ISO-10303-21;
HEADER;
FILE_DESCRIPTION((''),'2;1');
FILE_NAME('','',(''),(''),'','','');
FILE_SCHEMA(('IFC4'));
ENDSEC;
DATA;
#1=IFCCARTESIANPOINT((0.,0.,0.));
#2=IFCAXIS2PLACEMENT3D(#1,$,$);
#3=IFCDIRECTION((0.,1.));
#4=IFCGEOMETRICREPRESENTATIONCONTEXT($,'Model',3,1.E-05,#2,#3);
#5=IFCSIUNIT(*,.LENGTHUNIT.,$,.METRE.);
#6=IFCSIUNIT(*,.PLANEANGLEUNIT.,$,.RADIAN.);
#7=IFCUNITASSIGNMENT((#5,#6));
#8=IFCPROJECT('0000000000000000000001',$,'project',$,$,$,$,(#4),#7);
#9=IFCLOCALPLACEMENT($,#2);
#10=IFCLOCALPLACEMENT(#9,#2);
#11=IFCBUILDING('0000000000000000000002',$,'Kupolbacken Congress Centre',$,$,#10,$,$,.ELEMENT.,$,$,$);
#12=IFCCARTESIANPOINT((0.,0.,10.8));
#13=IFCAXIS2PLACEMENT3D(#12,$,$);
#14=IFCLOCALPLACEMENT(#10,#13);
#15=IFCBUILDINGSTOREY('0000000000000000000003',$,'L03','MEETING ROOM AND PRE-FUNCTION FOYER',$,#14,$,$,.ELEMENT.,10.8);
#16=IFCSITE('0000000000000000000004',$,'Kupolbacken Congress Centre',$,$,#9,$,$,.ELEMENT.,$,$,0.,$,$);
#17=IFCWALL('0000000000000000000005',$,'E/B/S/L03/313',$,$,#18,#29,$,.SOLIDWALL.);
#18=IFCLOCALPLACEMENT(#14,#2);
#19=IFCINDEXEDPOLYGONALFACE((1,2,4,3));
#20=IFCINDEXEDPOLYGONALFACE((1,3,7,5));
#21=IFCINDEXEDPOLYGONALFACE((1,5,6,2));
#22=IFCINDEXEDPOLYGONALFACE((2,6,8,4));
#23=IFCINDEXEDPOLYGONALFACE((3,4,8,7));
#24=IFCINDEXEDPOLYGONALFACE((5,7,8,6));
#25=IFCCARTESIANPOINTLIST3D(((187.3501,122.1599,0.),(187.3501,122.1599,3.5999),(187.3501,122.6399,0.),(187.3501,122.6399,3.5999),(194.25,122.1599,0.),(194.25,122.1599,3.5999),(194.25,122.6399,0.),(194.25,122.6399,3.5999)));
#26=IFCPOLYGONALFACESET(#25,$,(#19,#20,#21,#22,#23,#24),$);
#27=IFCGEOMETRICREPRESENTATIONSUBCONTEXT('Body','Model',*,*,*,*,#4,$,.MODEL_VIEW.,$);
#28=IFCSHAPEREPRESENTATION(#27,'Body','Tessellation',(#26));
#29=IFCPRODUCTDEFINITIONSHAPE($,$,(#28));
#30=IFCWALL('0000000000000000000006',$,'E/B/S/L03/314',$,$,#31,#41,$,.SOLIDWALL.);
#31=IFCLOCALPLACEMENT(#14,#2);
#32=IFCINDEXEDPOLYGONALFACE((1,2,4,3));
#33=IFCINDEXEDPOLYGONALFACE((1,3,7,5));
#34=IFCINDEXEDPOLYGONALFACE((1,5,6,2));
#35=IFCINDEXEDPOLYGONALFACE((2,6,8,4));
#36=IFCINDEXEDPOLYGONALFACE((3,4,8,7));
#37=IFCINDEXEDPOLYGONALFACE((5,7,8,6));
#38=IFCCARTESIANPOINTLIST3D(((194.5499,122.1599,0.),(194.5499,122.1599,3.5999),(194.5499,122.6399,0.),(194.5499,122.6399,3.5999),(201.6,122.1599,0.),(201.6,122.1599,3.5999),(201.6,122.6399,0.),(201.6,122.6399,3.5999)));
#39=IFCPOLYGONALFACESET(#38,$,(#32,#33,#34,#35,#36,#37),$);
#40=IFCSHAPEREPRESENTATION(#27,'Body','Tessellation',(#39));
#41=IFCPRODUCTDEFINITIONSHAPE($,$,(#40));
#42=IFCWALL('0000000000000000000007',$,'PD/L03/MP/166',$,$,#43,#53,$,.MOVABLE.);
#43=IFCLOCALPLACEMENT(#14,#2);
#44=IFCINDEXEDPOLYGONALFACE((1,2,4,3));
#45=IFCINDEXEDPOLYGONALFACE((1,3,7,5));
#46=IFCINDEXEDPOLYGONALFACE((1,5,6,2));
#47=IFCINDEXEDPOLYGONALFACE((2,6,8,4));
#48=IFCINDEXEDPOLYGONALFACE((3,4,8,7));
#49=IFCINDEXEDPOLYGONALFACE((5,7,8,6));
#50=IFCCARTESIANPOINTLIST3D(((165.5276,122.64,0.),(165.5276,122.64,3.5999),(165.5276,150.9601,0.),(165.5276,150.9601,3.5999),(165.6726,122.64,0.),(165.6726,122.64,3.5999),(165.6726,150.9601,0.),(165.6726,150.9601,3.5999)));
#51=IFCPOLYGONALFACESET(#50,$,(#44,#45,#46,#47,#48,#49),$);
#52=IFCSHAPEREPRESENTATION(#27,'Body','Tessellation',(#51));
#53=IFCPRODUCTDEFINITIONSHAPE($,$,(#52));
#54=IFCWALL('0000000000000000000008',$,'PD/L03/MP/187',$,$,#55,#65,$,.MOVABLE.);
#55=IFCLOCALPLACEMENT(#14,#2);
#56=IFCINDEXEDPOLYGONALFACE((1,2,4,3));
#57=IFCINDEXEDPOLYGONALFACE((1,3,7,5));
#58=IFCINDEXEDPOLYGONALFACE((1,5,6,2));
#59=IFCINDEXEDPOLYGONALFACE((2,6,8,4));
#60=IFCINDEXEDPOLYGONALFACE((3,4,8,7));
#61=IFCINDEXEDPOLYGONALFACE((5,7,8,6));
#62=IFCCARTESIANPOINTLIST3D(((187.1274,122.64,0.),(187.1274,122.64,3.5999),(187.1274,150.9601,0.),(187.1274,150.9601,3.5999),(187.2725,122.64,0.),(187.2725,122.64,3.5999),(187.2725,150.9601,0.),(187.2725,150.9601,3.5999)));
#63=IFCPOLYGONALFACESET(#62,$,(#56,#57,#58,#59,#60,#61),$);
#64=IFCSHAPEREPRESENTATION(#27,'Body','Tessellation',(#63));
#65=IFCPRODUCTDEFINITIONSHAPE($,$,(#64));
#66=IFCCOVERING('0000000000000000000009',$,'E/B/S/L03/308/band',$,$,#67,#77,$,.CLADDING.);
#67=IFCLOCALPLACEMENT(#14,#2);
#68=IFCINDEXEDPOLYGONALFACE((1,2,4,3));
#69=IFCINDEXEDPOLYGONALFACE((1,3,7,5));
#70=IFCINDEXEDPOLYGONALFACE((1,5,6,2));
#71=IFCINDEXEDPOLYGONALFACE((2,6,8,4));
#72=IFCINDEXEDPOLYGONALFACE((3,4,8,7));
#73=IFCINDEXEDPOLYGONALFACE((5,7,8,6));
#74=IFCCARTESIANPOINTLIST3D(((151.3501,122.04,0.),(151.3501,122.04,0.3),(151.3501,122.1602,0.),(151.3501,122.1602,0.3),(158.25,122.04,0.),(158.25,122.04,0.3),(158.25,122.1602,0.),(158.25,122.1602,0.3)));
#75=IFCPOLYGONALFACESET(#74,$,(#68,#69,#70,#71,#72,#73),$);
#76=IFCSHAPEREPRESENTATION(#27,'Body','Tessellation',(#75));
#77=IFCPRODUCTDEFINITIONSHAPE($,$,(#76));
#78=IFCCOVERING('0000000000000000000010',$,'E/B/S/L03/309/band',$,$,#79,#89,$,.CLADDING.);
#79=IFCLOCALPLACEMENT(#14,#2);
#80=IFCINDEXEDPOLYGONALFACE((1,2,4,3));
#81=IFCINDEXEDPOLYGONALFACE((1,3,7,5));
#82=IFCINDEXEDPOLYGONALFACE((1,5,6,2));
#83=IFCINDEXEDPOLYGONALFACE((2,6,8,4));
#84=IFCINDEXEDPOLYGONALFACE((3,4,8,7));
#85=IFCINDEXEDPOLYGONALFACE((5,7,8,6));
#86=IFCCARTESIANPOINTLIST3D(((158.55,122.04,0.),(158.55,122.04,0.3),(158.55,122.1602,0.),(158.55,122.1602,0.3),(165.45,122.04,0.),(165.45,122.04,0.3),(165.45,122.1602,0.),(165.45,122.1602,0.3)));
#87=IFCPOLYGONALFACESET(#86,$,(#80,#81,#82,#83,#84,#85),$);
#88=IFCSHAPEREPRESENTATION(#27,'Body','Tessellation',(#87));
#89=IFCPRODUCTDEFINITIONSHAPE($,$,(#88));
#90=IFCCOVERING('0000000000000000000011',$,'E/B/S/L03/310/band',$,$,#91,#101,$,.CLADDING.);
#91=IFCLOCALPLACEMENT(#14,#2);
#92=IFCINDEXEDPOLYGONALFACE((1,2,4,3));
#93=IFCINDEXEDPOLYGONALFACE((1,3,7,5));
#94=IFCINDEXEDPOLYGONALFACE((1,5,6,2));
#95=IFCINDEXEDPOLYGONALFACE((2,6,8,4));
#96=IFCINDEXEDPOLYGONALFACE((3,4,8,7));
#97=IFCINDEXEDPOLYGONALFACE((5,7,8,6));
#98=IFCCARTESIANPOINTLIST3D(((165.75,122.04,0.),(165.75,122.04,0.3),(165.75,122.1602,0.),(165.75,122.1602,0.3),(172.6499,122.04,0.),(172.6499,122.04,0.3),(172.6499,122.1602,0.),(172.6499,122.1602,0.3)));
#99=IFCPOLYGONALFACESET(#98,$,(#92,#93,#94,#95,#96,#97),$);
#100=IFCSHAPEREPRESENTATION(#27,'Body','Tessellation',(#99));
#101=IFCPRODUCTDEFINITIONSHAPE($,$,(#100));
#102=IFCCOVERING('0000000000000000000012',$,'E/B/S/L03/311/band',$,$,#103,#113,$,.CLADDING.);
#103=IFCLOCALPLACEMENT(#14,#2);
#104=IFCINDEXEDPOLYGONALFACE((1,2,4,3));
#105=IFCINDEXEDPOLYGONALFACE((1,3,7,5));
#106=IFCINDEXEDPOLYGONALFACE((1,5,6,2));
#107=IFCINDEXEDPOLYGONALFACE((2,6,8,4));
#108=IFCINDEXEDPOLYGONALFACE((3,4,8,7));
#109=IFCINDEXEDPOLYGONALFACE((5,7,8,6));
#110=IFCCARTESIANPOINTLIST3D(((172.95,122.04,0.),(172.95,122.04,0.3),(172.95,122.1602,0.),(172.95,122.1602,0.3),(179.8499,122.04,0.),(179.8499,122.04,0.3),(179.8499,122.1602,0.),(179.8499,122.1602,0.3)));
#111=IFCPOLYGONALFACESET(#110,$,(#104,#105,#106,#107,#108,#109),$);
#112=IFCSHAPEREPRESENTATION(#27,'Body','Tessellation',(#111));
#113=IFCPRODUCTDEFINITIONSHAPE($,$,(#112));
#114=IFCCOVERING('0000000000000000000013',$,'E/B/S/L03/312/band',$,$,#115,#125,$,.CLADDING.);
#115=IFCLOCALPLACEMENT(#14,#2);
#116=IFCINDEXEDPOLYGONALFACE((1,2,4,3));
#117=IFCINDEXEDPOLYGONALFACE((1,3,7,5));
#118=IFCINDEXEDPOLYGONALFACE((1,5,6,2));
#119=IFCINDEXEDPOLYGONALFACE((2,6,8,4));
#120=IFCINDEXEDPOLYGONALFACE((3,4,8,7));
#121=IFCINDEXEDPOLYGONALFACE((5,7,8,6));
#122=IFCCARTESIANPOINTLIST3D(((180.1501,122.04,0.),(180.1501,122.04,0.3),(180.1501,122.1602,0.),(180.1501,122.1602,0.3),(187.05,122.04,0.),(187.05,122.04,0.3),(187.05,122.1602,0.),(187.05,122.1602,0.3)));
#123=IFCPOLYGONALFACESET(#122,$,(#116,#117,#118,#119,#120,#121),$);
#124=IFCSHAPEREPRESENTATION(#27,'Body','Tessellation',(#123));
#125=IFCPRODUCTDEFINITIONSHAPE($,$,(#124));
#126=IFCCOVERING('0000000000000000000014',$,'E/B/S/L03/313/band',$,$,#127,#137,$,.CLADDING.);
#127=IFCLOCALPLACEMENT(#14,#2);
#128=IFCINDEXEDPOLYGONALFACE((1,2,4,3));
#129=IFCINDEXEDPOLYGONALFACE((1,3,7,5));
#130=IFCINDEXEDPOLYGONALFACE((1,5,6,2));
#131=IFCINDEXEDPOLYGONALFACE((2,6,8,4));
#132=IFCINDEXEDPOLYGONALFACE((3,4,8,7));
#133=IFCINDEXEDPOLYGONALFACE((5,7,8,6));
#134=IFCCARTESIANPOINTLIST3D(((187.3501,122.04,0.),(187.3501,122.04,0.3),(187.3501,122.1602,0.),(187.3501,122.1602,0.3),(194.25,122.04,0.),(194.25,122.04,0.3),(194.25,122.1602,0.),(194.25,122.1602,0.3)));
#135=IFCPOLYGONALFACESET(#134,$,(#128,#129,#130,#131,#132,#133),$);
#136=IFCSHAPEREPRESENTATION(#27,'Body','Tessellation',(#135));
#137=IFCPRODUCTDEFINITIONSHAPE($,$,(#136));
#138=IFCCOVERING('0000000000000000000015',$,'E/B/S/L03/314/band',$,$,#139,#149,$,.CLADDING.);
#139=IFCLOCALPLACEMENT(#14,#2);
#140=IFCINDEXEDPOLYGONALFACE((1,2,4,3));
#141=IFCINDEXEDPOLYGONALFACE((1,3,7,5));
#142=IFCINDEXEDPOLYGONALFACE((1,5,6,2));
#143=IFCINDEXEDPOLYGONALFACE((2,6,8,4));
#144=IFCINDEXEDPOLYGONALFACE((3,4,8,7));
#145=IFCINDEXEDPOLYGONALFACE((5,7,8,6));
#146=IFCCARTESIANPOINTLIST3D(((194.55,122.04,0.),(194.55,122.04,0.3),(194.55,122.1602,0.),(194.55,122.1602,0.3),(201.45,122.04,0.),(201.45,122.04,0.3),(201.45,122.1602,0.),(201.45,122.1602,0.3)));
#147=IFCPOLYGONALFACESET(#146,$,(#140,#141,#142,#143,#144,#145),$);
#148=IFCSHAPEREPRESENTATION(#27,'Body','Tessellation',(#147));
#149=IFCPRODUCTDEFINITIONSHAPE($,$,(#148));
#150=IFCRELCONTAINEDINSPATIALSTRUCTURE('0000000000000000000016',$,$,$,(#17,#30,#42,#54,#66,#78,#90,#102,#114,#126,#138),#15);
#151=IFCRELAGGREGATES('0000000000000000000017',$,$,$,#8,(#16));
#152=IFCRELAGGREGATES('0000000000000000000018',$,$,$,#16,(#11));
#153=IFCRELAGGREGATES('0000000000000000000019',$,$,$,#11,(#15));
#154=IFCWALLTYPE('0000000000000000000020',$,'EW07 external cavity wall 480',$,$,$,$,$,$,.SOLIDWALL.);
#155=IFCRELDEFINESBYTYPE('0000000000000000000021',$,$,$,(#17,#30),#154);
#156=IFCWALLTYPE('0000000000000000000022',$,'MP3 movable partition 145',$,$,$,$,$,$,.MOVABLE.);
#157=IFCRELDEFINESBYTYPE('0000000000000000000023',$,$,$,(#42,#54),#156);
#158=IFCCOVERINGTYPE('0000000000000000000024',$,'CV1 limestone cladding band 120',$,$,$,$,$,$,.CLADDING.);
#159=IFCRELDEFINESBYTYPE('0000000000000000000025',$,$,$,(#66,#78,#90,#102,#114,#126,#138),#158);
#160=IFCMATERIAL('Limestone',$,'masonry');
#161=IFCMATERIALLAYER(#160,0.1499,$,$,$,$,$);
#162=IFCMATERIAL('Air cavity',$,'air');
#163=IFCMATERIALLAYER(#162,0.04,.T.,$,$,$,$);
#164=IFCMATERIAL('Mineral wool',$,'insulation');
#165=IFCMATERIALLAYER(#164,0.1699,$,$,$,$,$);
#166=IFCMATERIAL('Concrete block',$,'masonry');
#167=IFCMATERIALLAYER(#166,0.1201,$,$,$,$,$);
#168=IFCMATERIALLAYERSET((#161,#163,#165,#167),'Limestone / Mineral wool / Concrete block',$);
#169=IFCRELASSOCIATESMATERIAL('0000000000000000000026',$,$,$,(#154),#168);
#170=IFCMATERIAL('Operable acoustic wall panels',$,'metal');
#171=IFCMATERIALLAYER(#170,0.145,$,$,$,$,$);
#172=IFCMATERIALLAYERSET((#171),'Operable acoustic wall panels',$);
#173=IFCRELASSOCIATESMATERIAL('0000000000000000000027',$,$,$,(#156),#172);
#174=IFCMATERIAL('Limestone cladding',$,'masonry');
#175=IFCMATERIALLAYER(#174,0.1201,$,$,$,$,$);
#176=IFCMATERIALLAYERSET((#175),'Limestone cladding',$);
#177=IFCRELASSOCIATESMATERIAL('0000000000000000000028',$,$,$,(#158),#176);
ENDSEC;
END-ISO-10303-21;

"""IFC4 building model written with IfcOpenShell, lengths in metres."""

from ifc_helpers import new_model, si_unit, direction, frame, frame_2d, origin, origin_2d, place, context, subcontext, project, spatial, rectangle, extrude, material, layer, layer_set, type_object, element, save


model = new_model("IFC4")

# Units and contexts
model_context = context("Model", 3, precision=1e-05, world=origin(), true_north=direction((0.0, 1.0)))
body_context = subcontext(model_context, "Body", "Model", "MODEL_VIEW")
ifc_project = project(units=[si_unit("LENGTHUNIT", "METRE"), si_unit("PLANEANGLEUNIT", "RADIAN")], contexts=[model_context])

# Site, building, storey
site_placement = place(None, origin())
site = spatial("IfcSite", under=ifc_project, at=site_placement, Name="Kupolbacken Congress Centre", CompositionType="ELEMENT", RefElevation=0.0)
building_placement = place(site_placement, origin())
building = spatial("IfcBuilding", under=site, at=building_placement, Name="Kupolbacken Congress Centre", CompositionType="ELEMENT")
storey_placement = place(building_placement, frame((0.0, 0.0, 10.8)))
storey = spatial("IfcBuildingStorey", under=building, at=storey_placement, Name="L03", Description="MEETING ROOM AND PRE-FUNCTION FOYER", CompositionType="ELEMENT", Elevation=10.8)

# Walls
ifc_material_1 = material(Name="Limestone", Category="masonry")
ifc_layer_1 = layer(ifc_material_1, 0.1499)
ifc_material_2 = material(Name="Air cavity", Category="air")
ifc_layer_2 = layer(ifc_material_2, 0.04, ventilated=True)
ifc_material_3 = material(Name="Mineral wool", Category="insulation")
ifc_layer_3 = layer(ifc_material_3, 0.1699)
ifc_material_4 = material(Name="Concrete block", Category="masonry")
ifc_layer_4 = layer(ifc_material_4, 0.1201)
ifc_layer_set_1 = layer_set([ifc_layer_1, ifc_layer_2, ifc_layer_3, ifc_layer_4], Name="Limestone / Mineral wool / Concrete block")
wall_type_1 = type_object("IfcWallType", Name="EW07 external cavity wall 480", PredefinedType="SOLIDWALL", material=ifc_layer_set_1)
wall_1_placement = place(storey_placement, frame((187.3501, 122.3999, 0.0), z_axis=(0.0, 0.0, 1.0), x_axis=(1.0, 0.0, 0.0)))
element("IfcWall", 1, at=wall_1_placement, inside=storey, type_object=wall_type_1, Name="E/B/S/L03/313", PredefinedType="SOLIDWALL", context=body_context, shape_type="SweptSolid", body=[
    extrude(rectangle(XDim=6.8999, YDim=0.48, at=frame_2d((3.45, 0.0))), origin(), (0.0, 0.0, 1.0), 3.5999),
])
wall_2_placement = place(storey_placement, frame((194.55, 122.3999, 0.0), z_axis=(0.0, 0.0, 1.0), x_axis=(1.0, 0.0, 0.0)))
element("IfcWall", 2, at=wall_2_placement, inside=storey, type_object=wall_type_1, Name="E/B/S/L03/314", PredefinedType="SOLIDWALL", context=body_context, shape_type="SweptSolid", body=[
    extrude(rectangle(XDim=7.05, YDim=0.48, at=frame_2d((3.5249, 0.0))), origin(), (0.0, 0.0, 1.0), 3.5999),
])
ifc_material_5 = material(Name="Operable acoustic wall panels", Category="metal")
ifc_layer_5 = layer(ifc_material_5, 0.145)
ifc_layer_set_2 = layer_set([ifc_layer_5], Name="Operable acoustic wall panels")
wall_type_2 = type_object("IfcWallType", Name="MP3 movable partition 145", PredefinedType="MOVABLE", material=ifc_layer_set_2)
for number, where, z_axis, x_axis, name in (
    (3, (165.6001, 122.6399, 0.0), (0.0, 0.0, 1.0), (0.0, 1.0, 0.0), "PD/L03/MP/166"),
    (4, (187.2, 122.6399, 0.0), (0.0, 0.0, 1.0), (0.0, 1.0, 0.0), "PD/L03/MP/187"),
):
    element("IfcWall", number, at=place(storey_placement, frame(where, z_axis=z_axis, x_axis=x_axis)), inside=storey, type_object=wall_type_2, Name=name, PredefinedType="MOVABLE", context=body_context, shape_type="SweptSolid", body=[
        extrude(rectangle(XDim=28.3201, YDim=0.145, at=frame_2d((14.1602, 0.0))), origin(), (0.0, 0.0, 1.0), 3.5999),
    ])

# Coverings
ifc_material_6 = material(Name="Limestone cladding", Category="masonry")
ifc_layer_6 = layer(ifc_material_6, 0.1201)
ifc_layer_set_3 = layer_set([ifc_layer_6], Name="Limestone cladding")
covering_type = type_object("IfcCoveringType", Name="CV1 limestone cladding band 120", PredefinedType="CLADDING", material=ifc_layer_set_3)
for number, where, z_axis, x_axis, name in (
    (5, (154.8, 122.1001, 0.0), (0.0, 0.0, 1.0), (1.0, 0.0, 0.0), "E/B/S/L03/308/band"),
    (6, (162.0, 122.1001, 0.0), (0.0, 0.0, 1.0), (1.0, 0.0, 0.0), "E/B/S/L03/309/band"),
    (7, (169.2, 122.1001, 0.0), (0.0, 0.0, 1.0), (1.0, 0.0, 0.0), "E/B/S/L03/310/band"),
    (8, (176.3999, 122.1001, 0.0), (0.0, 0.0, 1.0), (1.0, 0.0, 0.0), "E/B/S/L03/311/band"),
    (9, (183.6001, 122.1001, 0.0), (0.0, 0.0, 1.0), (1.0, 0.0, 0.0), "E/B/S/L03/312/band"),
    (10, (190.8, 122.1001, 0.0), (0.0, 0.0, 1.0), (1.0, 0.0, 0.0), "E/B/S/L03/313/band"),
    (11, (198.0, 122.1001, 0.0), (0.0, 0.0, 1.0), (1.0, 0.0, 0.0), "E/B/S/L03/314/band"),
):
    element("IfcCovering", number, at=place(storey_placement, frame(where, z_axis=z_axis, x_axis=x_axis)), inside=storey, type_object=covering_type, Name=name, PredefinedType="CLADDING", context=body_context, shape_type="SweptSolid", body=[
        extrude(rectangle(XDim=6.8999, YDim=0.1201, at=origin_2d()), origin(), (0.0, 0.0, 1.0), 0.3),
    ])

save(model, "model.ifc")
